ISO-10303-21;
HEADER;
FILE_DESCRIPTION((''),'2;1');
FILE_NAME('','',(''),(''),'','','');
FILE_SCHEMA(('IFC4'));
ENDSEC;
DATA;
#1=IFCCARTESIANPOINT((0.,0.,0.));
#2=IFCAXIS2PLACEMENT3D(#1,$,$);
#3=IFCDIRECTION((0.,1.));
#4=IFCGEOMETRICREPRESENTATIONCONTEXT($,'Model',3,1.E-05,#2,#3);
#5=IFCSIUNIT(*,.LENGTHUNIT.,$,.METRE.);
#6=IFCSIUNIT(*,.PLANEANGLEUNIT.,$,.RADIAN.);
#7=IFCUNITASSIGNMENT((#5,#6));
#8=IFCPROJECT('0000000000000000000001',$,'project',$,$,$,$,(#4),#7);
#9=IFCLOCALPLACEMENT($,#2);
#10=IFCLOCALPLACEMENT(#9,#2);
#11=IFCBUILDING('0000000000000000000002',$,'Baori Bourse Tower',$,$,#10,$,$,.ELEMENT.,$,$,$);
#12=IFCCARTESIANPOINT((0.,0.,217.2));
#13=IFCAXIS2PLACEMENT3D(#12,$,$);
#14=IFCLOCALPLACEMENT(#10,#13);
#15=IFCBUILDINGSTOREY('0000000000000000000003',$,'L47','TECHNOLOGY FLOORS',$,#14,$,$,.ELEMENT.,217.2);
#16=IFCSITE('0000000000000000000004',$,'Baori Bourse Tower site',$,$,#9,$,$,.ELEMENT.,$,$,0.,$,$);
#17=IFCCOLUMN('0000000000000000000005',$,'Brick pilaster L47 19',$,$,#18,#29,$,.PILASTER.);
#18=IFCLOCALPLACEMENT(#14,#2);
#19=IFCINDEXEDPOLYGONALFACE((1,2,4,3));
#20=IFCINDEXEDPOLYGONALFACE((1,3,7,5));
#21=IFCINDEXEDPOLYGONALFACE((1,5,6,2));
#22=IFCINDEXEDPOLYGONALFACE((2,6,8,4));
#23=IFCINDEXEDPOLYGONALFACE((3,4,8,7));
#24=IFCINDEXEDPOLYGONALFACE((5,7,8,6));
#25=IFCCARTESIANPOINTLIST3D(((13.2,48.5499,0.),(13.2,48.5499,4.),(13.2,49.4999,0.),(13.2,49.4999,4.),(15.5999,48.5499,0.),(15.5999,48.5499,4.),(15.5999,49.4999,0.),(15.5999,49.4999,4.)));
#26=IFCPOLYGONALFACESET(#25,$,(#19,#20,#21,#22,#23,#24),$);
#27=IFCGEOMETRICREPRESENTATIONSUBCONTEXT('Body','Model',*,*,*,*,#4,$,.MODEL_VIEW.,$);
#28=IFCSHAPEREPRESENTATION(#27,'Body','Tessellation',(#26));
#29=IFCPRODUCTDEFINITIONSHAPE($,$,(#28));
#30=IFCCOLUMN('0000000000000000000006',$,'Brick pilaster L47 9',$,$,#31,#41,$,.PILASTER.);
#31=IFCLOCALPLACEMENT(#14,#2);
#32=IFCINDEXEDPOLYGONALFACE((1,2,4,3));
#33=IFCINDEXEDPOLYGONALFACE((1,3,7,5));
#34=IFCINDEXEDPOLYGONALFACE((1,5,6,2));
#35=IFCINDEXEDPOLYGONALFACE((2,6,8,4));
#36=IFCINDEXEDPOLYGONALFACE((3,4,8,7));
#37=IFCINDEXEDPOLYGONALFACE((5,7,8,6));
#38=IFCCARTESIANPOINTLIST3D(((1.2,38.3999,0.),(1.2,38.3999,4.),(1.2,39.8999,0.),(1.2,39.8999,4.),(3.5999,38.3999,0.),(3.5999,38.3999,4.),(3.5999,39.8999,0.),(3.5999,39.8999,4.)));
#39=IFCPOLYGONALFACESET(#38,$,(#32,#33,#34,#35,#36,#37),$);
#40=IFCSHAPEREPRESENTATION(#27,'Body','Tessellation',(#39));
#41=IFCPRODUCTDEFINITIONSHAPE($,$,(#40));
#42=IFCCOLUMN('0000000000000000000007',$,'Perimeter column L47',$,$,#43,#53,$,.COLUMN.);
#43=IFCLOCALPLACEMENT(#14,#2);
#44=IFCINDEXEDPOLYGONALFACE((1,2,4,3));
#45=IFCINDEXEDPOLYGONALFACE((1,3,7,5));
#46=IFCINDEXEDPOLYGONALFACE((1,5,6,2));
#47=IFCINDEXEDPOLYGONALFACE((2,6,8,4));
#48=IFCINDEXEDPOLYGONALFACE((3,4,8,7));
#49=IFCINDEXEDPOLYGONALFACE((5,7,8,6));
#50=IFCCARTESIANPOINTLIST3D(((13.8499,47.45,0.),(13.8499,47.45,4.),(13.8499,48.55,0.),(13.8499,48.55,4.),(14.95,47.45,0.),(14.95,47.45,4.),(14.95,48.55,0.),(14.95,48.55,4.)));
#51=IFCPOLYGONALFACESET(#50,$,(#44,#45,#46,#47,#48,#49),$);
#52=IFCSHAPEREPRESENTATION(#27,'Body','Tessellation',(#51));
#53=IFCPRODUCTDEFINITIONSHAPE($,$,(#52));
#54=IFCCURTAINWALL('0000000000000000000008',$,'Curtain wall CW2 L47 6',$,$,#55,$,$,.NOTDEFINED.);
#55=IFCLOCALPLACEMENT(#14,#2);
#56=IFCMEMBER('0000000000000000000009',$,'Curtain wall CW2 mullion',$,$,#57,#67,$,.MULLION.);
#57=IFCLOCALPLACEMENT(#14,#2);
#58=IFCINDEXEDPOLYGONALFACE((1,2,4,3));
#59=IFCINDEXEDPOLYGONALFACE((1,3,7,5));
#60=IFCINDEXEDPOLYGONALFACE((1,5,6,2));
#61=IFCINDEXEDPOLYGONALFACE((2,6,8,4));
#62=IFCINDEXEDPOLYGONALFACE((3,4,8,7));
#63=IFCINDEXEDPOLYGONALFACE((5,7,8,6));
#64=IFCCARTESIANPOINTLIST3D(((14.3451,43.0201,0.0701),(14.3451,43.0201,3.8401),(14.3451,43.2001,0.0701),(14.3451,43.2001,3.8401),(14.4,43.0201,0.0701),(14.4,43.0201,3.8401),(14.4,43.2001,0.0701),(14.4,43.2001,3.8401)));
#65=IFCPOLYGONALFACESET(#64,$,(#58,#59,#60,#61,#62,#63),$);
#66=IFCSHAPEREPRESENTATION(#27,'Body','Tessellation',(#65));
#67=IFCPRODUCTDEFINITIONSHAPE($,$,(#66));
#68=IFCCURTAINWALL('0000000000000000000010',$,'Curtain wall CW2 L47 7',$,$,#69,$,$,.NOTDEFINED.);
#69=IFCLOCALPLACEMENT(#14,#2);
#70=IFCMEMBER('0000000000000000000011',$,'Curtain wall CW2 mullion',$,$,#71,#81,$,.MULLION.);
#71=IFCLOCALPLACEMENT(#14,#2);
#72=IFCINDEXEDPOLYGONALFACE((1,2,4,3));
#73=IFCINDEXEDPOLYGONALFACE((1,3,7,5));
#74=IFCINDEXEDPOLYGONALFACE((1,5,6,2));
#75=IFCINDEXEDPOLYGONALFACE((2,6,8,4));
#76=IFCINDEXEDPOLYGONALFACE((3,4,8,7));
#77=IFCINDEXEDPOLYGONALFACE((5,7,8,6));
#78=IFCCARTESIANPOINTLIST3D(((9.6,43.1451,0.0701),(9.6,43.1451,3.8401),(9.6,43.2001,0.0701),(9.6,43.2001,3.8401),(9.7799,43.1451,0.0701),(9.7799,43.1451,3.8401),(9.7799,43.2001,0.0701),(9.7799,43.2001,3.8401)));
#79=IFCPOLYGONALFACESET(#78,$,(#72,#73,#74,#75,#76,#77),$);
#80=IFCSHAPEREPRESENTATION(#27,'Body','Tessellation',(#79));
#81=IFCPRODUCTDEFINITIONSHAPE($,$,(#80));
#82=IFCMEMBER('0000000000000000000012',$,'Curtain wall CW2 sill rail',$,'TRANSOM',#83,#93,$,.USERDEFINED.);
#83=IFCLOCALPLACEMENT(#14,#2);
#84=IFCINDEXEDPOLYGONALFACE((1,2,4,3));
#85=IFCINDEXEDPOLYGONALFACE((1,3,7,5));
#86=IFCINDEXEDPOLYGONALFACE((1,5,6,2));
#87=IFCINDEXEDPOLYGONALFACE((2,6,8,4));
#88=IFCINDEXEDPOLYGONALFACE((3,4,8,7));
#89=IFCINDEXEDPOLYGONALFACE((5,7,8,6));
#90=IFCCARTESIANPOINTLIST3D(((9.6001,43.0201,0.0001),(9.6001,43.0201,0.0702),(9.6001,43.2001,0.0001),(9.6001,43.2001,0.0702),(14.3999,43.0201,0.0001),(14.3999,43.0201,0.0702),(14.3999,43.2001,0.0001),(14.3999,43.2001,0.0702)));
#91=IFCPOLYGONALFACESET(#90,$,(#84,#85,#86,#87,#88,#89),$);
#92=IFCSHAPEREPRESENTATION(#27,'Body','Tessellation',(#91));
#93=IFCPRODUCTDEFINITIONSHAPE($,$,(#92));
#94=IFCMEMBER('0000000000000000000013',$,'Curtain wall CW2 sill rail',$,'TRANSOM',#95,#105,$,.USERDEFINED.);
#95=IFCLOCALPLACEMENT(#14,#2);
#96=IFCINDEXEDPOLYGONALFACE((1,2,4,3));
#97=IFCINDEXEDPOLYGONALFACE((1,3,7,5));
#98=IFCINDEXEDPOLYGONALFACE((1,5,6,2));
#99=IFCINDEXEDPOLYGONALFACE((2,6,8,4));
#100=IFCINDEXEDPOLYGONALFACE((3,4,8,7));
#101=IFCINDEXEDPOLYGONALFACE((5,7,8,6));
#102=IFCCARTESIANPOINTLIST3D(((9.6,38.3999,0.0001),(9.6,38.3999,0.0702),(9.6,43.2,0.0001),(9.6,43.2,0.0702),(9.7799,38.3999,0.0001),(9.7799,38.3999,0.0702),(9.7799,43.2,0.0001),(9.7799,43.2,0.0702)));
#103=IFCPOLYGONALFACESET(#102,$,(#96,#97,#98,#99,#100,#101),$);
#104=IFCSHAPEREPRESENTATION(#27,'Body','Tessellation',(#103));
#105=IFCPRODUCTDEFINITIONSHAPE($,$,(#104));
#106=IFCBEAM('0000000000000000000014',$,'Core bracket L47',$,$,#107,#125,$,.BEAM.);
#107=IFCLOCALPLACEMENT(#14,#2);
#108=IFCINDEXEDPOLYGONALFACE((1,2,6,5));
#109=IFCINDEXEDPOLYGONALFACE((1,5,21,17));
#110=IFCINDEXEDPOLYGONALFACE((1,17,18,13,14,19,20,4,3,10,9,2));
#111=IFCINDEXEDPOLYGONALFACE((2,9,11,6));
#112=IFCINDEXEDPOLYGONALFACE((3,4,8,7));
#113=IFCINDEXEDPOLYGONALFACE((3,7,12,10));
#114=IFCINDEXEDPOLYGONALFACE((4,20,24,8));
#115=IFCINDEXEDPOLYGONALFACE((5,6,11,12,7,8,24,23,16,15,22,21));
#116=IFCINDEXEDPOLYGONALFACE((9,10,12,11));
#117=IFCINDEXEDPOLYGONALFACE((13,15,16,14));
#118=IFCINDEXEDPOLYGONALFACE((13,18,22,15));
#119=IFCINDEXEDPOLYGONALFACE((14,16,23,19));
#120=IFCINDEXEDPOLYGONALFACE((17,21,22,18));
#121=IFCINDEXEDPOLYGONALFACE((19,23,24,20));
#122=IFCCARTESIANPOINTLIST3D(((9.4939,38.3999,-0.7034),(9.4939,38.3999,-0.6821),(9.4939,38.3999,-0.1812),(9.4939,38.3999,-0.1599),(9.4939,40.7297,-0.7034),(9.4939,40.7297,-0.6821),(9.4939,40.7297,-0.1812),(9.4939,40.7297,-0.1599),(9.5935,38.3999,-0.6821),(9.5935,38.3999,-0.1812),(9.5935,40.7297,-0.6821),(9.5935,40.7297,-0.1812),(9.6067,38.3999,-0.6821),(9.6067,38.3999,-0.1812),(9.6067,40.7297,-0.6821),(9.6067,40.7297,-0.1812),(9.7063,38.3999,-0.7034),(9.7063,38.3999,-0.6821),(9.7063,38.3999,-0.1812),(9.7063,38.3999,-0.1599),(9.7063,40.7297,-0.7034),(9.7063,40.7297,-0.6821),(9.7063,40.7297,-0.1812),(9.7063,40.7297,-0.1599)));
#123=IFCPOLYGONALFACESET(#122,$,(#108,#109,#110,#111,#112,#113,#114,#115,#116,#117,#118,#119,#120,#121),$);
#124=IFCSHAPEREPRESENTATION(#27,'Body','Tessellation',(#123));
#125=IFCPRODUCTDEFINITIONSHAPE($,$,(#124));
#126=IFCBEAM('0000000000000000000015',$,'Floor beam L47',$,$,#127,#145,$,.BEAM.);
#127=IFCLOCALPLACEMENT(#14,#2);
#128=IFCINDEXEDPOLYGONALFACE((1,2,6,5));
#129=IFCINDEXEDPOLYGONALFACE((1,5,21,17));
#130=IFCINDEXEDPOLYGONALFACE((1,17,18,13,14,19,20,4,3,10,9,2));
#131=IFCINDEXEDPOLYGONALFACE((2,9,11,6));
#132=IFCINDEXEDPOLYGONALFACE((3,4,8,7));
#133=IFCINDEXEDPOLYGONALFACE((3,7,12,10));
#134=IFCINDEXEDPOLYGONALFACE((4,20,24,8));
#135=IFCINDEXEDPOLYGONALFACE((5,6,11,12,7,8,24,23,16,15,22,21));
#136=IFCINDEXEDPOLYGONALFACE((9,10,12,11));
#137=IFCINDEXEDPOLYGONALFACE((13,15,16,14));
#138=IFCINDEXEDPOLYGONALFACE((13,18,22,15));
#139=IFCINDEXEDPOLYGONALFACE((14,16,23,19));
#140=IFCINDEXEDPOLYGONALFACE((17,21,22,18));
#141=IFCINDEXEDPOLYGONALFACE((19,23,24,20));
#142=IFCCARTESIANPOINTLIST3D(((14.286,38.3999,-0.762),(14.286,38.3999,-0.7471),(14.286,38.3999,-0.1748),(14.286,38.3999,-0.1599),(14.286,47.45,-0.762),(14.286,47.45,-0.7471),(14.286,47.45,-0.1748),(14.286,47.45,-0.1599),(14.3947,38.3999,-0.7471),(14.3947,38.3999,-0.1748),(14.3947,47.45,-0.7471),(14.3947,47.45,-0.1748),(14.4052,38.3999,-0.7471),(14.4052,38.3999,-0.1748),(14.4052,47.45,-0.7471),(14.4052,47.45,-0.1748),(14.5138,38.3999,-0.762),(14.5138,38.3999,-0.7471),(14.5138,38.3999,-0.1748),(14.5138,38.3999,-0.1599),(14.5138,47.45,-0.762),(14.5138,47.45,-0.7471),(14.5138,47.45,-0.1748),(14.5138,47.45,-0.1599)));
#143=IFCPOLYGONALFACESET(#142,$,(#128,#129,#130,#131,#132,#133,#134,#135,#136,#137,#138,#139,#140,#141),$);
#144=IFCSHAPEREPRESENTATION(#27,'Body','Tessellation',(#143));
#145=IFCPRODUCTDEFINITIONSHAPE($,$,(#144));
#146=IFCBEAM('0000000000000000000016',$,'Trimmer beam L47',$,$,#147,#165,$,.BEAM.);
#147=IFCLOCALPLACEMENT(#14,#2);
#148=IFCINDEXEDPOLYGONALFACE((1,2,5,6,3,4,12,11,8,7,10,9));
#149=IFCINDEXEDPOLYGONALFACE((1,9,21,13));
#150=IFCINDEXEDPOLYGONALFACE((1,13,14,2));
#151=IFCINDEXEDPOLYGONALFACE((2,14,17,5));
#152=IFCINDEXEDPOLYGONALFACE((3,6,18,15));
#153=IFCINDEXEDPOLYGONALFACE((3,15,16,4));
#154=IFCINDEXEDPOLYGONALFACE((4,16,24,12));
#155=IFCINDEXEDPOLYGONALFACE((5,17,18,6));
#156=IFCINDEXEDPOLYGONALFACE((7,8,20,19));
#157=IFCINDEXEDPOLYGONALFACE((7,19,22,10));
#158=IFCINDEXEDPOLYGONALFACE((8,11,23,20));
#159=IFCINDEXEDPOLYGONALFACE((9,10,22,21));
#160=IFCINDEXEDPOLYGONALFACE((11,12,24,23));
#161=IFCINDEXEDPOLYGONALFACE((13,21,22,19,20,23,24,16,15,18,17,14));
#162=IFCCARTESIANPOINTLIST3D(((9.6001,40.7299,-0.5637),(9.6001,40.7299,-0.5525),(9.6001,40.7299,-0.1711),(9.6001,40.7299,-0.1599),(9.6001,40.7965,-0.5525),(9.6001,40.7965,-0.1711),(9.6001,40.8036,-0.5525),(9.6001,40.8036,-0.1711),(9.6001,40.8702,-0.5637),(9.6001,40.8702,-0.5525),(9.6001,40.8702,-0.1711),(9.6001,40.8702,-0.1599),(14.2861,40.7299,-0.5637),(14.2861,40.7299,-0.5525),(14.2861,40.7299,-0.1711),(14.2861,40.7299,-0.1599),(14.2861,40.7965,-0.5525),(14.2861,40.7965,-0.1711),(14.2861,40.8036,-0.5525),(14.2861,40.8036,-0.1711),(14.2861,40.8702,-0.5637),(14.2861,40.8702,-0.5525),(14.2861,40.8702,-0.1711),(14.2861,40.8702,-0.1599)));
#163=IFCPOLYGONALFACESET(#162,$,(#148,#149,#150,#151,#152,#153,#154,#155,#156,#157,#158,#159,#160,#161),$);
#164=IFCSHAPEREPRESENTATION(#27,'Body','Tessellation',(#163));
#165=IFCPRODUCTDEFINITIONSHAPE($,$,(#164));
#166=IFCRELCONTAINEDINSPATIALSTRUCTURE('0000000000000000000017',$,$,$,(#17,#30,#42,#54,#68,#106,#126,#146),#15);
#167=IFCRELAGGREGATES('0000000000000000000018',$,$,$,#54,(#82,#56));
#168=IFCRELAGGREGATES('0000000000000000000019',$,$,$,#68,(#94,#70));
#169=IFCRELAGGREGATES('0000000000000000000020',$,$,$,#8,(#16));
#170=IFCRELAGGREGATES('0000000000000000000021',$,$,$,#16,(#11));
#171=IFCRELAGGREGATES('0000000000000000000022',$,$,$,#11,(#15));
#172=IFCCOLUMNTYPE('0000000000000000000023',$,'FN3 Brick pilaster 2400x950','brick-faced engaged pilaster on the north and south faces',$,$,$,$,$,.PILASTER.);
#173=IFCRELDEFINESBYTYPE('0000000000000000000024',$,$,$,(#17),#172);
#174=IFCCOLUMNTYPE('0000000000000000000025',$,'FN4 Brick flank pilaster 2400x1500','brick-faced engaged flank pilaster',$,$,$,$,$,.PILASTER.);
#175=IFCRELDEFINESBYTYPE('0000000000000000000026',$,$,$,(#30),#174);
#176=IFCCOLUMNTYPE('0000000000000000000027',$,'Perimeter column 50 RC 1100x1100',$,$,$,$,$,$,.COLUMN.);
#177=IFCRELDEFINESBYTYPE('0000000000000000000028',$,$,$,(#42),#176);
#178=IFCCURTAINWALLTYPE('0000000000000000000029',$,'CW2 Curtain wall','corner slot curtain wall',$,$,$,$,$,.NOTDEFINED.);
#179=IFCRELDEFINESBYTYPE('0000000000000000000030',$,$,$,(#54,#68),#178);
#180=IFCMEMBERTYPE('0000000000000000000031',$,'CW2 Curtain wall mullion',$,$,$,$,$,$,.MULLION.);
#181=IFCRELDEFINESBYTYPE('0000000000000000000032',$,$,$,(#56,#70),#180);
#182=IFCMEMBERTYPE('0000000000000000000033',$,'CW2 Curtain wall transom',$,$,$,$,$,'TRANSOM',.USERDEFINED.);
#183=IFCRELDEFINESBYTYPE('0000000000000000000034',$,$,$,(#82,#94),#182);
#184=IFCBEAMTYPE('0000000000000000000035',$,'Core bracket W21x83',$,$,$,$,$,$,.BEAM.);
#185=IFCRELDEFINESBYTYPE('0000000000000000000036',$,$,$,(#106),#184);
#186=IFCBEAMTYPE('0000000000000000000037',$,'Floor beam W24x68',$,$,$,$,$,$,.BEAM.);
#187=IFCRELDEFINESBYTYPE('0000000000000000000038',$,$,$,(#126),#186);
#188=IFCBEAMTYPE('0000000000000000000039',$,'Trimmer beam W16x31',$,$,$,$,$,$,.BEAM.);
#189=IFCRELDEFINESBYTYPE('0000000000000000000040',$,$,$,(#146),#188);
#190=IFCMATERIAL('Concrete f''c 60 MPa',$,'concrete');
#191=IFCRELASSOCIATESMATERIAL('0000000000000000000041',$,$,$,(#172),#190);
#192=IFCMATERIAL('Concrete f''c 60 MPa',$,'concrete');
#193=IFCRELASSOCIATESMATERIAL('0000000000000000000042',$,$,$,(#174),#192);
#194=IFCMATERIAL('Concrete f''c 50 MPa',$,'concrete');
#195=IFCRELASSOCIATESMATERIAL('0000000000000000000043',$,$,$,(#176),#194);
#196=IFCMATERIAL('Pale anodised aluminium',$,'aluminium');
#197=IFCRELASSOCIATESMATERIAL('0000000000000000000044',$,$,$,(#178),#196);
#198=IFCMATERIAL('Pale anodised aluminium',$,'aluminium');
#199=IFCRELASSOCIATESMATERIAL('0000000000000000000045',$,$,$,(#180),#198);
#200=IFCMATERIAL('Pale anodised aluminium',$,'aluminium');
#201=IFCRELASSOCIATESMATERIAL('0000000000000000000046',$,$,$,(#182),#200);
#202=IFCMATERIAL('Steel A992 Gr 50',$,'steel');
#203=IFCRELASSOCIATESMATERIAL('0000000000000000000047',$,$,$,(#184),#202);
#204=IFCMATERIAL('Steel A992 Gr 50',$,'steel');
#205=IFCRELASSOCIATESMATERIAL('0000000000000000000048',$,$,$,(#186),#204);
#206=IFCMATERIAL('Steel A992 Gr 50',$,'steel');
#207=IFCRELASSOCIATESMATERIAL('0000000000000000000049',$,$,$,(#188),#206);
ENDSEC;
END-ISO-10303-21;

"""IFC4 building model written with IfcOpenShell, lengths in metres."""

from ifc_helpers import new_model, si_unit, direction, frame, origin, origin_2d, place, context, subcontext, project, spatial, rectangle, i_section, extrude, material, material_profile, profile_set, type_object, element, aggregate, save


model = new_model("IFC4")

# Units and contexts
model_context = context("Model", 3, precision=1e-05, world=origin(), true_north=direction((0.0, 1.0)))
body_context = subcontext(model_context, "Body", "Model", "MODEL_VIEW")
ifc_project = project(units=[si_unit("LENGTHUNIT", "METRE"), si_unit("PLANEANGLEUNIT", "RADIAN")], contexts=[model_context])

# Site, building, storey
site_placement = place(None, origin())
site = spatial("IfcSite", under=ifc_project, at=site_placement, Name="Baori Bourse Tower site", CompositionType="ELEMENT", RefElevation=0.0)
building_placement = place(site_placement, origin())
building = spatial("IfcBuilding", under=site, at=building_placement, Name="Baori Bourse Tower", CompositionType="ELEMENT")
storey_placement = place(building_placement, frame((0.0, 0.0, 217.2)))
storey = spatial("IfcBuildingStorey", under=building, at=storey_placement, Name="L47", Description="TECHNOLOGY FLOORS", CompositionType="ELEMENT", Elevation=217.2)

# Columns
ifc_material_1 = material(Name="Concrete f'c 60 MPa", Category="concrete")
ifc_material_profile_1 = material_profile(ifc_material_1, rectangle(XDim=2.3999, YDim=0.95, at=origin_2d()), Name="RC 2400x950")
ifc_profile_set_1 = profile_set([ifc_material_profile_1], Name="Concrete f'c 60 MPa")
column_type_1 = type_object("IfcColumnType", Name="FN3 Brick pilaster 2400x950", Description="brick-faced engaged pilaster on the north and south faces", PredefinedType="PILASTER", material=ifc_profile_set_1)
column_1_placement = place(storey_placement, frame((14.3999, 49.0249, 0.0), z_axis=(0.0, 0.0, 1.0), x_axis=(1.0, 0.0, 0.0)))
element("IfcColumn", 1, at=column_1_placement, inside=storey, type_object=column_type_1, Name="Brick pilaster L47 19", PredefinedType="PILASTER", context=body_context, shape_type="SweptSolid", body=[
    extrude(rectangle(XDim=2.3999, YDim=0.95, at=origin_2d()), origin(), (0.0, 0.0, 1.0), 4.0),
])
ifc_material_2 = material(Name="Concrete f'c 60 MPa", Category="concrete")
ifc_material_profile_2 = material_profile(ifc_material_2, rectangle(XDim=2.3999, YDim=1.5, at=origin_2d()), Name="RC 2400x1500")
ifc_profile_set_2 = profile_set([ifc_material_profile_2], Name="Concrete f'c 60 MPa")
column_type_2 = type_object("IfcColumnType", Name="FN4 Brick flank pilaster 2400x1500", Description="brick-faced engaged flank pilaster", PredefinedType="PILASTER", material=ifc_profile_set_2)
column_2_placement = place(storey_placement, frame((2.3999, 39.1499, 0.0), z_axis=(0.0, 0.0, 1.0), x_axis=(1.0, 0.0, 0.0)))
element("IfcColumn", 2, at=column_2_placement, inside=storey, type_object=column_type_2, Name="Brick pilaster L47 9", PredefinedType="PILASTER", context=body_context, shape_type="SweptSolid", body=[
    extrude(rectangle(XDim=2.3999, YDim=1.5, at=origin_2d()), origin(), (0.0, 0.0, 1.0), 4.0),
])
ifc_material_3 = material(Name="Concrete f'c 50 MPa", Category="concrete")
ifc_material_profile_3 = material_profile(ifc_material_3, rectangle(XDim=1.1001, YDim=1.1001, at=origin_2d()), Name="RC 1100x1100")
ifc_profile_set_3 = profile_set([ifc_material_profile_3], Name="Concrete f'c 50 MPa")
column_type_3 = type_object("IfcColumnType", Name="Perimeter column 50 RC 1100x1100", PredefinedType="COLUMN", material=ifc_profile_set_3)
column_3_placement = place(storey_placement, frame((14.3999, 48.0, 0.0), z_axis=(0.0, 0.0, 1.0), x_axis=(1.0, 0.0, 0.0)))
element("IfcColumn", 3, at=column_3_placement, inside=storey, type_object=column_type_3, Name="Perimeter column L47", PredefinedType="COLUMN", context=body_context, shape_type="SweptSolid", body=[
    extrude(rectangle(XDim=1.1001, YDim=1.1001, at=origin_2d()), origin(), (0.0, 0.0, 1.0), 4.0),
])

# Curtain walls, members
ifc_material_4 = material(Name="Pale anodised aluminium", Category="aluminium")
curtain_wall_type = type_object("IfcCurtainWallType", Name="CW2 Curtain wall", Description="corner slot curtain wall", PredefinedType="NOTDEFINED", material=ifc_material_4)
curtain_wall_1_placement = place(storey_placement, origin())
curtain_wall_1 = element("IfcCurtainWall", 4, at=curtain_wall_1_placement, inside=storey, type_object=curtain_wall_type, Name="Curtain wall CW2 L47 6", PredefinedType="NOTDEFINED")
ifc_material_5 = material(Name="Pale anodised aluminium", Category="aluminium")
ifc_material_profile_4 = material_profile(ifc_material_5, rectangle(XDim=0.1799, YDim=0.0549, at=origin_2d()), Name="Mullion 55x180")
ifc_profile_set_4 = profile_set([ifc_material_profile_4], Name="Pale anodised aluminium")
member_type_1 = type_object("IfcMemberType", Name="CW2 Curtain wall mullion", PredefinedType="MULLION", material=ifc_profile_set_4)
member_1_placement = place(storey_placement, frame((14.3726, 43.1101, 0.0701), z_axis=(0.0, 0.0, 1.0), x_axis=(0.0, -1.0, 0.0)))
member_1 = element("IfcMember", 5, at=member_1_placement, type_object=member_type_1, Name="Curtain wall CW2 mullion", PredefinedType="MULLION", context=body_context, shape_type="SweptSolid", body=[
    extrude(rectangle(XDim=0.1799, YDim=0.0549, at=origin_2d()), origin(), (0.0, 0.0, 1.0), 3.77),
])
curtain_wall_2_placement = place(storey_placement, origin())
curtain_wall_2 = element("IfcCurtainWall", 6, at=curtain_wall_2_placement, inside=storey, type_object=curtain_wall_type, Name="Curtain wall CW2 L47 7", PredefinedType="NOTDEFINED")
member_2_placement = place(storey_placement, frame((9.6899, 43.1726, 0.0701), z_axis=(0.0, 0.0, 1.0), x_axis=(1.0, 0.0, 0.0)))
member_2 = element("IfcMember", 7, at=member_2_placement, type_object=member_type_1, Name="Curtain wall CW2 mullion", PredefinedType="MULLION", context=body_context, shape_type="SweptSolid", body=[
    extrude(rectangle(XDim=0.1799, YDim=0.0549, at=origin_2d()), origin(), (0.0, 0.0, 1.0), 3.77),
])

# Members
ifc_material_6 = material(Name="Pale anodised aluminium", Category="aluminium")
ifc_material_profile_5 = material_profile(ifc_material_6, rectangle(XDim=0.1799, YDim=0.0701, at=origin_2d()), Name="Transom 70x180")
ifc_profile_set_5 = profile_set([ifc_material_profile_5], Name="Pale anodised aluminium")
member_type_2 = type_object("IfcMemberType", Name="CW2 Curtain wall transom", ElementType="TRANSOM", PredefinedType="USERDEFINED", material=ifc_profile_set_5)
member_3_placement = place(storey_placement, frame((14.3999, 43.1101, 0.0352), z_axis=(-1.0, 0.0, 0.0), x_axis=(0.0, -1.0, 0.0)))
member_3 = element("IfcMember", 8, at=member_3_placement, type_object=member_type_2, Name="Curtain wall CW2 sill rail", ObjectType="TRANSOM", PredefinedType="USERDEFINED", context=body_context, shape_type="SweptSolid", body=[
    extrude(rectangle(XDim=0.1799, YDim=0.0701, at=origin_2d()), origin(), (0.0, 0.0, 1.0), 4.7998),
])
member_4_placement = place(storey_placement, frame((9.6899, 43.2, 0.0352), z_axis=(0.0, -1.0, 0.0), x_axis=(1.0, 0.0, 0.0)))
member_4 = element("IfcMember", 9, at=member_4_placement, type_object=member_type_2, Name="Curtain wall CW2 sill rail", ObjectType="TRANSOM", PredefinedType="USERDEFINED", context=body_context, shape_type="SweptSolid", body=[
    extrude(rectangle(XDim=0.1799, YDim=0.0701, at=origin_2d()), origin(), (0.0, 0.0, 1.0), 4.8),
])

# Beams
ifc_material_7 = material(Name="Steel A992 Gr 50", Category="steel")
ifc_material_profile_6 = material_profile(ifc_material_7, i_section(OverallWidth=0.2124, OverallDepth=0.5435, WebThickness=0.0132, FlangeThickness=0.0212, at=origin_2d()), Name="W21x83")
ifc_profile_set_6 = profile_set([ifc_material_profile_6], Name="Steel A992 Gr 50")
beam_type_1 = type_object("IfcBeamType", Name="Core bracket W21x83", PredefinedType="BEAM", material=ifc_profile_set_6)
beam_1_placement = place(storey_placement, frame((9.6001, 38.3999, -0.4316), z_axis=(0.0, 1.0, 0.0), x_axis=(-1.0, 0.0, 0.0)))
element("IfcBeam", 10, at=beam_1_placement, inside=storey, type_object=beam_type_1, Name="Core bracket L47", PredefinedType="BEAM", context=body_context, shape_type="SweptSolid", body=[
    extrude(i_section(OverallWidth=0.2124, OverallDepth=0.5435, WebThickness=0.0132, FlangeThickness=0.0212, at=origin_2d()), origin(), (0.0, 0.0, 1.0), 2.3298),
])
ifc_material_8 = material(Name="Steel A992 Gr 50", Category="steel")
ifc_material_profile_7 = material_profile(ifc_material_8, i_section(OverallWidth=0.2278, OverallDepth=0.6021, WebThickness=0.0105, FlangeThickness=0.0149, at=origin_2d()), Name="W24x68")
ifc_profile_set_7 = profile_set([ifc_material_profile_7], Name="Steel A992 Gr 50")
beam_type_2 = type_object("IfcBeamType", Name="Floor beam W24x68", PredefinedType="BEAM", material=ifc_profile_set_7)
beam_2_placement = place(storey_placement, frame((14.3999, 38.3999, -0.4609), z_axis=(0.0, 1.0, 0.0), x_axis=(-1.0, 0.0, 0.0)))
element("IfcBeam", 11, at=beam_2_placement, inside=storey, type_object=beam_type_2, Name="Floor beam L47", PredefinedType="BEAM", context=body_context, shape_type="SweptSolid", body=[
    extrude(i_section(OverallWidth=0.2278, OverallDepth=0.6021, WebThickness=0.0105, FlangeThickness=0.0149, at=origin_2d()), origin(), (0.0, 0.0, 1.0), 9.05),
])
ifc_material_9 = material(Name="Steel A992 Gr 50", Category="steel")
ifc_material_profile_8 = material_profile(ifc_material_9, i_section(OverallWidth=0.1404, OverallDepth=0.4038, WebThickness=0.0071, FlangeThickness=0.0112, at=origin_2d()), Name="W16x31")
ifc_profile_set_8 = profile_set([ifc_material_profile_8], Name="Steel A992 Gr 50")
beam_type_3 = type_object("IfcBeamType", Name="Trimmer beam W16x31", PredefinedType="BEAM", material=ifc_profile_set_8)
beam_3_placement = place(storey_placement, frame((9.6001, 40.8, -0.3618), z_axis=(1.0, 0.0, 0.0), x_axis=(0.0, 1.0, 0.0)))
element("IfcBeam", 12, at=beam_3_placement, inside=storey, type_object=beam_type_3, Name="Trimmer beam L47", PredefinedType="BEAM", context=body_context, shape_type="SweptSolid", body=[
    extrude(i_section(OverallWidth=0.1404, OverallDepth=0.4038, WebThickness=0.0071, FlangeThickness=0.0112, at=origin_2d()), origin(), (0.0, 0.0, 1.0), 4.686),
])

aggregate(curtain_wall_1, [member_3, member_1])
aggregate(curtain_wall_2, [member_4, member_2])

save(model, "model.ifc")
